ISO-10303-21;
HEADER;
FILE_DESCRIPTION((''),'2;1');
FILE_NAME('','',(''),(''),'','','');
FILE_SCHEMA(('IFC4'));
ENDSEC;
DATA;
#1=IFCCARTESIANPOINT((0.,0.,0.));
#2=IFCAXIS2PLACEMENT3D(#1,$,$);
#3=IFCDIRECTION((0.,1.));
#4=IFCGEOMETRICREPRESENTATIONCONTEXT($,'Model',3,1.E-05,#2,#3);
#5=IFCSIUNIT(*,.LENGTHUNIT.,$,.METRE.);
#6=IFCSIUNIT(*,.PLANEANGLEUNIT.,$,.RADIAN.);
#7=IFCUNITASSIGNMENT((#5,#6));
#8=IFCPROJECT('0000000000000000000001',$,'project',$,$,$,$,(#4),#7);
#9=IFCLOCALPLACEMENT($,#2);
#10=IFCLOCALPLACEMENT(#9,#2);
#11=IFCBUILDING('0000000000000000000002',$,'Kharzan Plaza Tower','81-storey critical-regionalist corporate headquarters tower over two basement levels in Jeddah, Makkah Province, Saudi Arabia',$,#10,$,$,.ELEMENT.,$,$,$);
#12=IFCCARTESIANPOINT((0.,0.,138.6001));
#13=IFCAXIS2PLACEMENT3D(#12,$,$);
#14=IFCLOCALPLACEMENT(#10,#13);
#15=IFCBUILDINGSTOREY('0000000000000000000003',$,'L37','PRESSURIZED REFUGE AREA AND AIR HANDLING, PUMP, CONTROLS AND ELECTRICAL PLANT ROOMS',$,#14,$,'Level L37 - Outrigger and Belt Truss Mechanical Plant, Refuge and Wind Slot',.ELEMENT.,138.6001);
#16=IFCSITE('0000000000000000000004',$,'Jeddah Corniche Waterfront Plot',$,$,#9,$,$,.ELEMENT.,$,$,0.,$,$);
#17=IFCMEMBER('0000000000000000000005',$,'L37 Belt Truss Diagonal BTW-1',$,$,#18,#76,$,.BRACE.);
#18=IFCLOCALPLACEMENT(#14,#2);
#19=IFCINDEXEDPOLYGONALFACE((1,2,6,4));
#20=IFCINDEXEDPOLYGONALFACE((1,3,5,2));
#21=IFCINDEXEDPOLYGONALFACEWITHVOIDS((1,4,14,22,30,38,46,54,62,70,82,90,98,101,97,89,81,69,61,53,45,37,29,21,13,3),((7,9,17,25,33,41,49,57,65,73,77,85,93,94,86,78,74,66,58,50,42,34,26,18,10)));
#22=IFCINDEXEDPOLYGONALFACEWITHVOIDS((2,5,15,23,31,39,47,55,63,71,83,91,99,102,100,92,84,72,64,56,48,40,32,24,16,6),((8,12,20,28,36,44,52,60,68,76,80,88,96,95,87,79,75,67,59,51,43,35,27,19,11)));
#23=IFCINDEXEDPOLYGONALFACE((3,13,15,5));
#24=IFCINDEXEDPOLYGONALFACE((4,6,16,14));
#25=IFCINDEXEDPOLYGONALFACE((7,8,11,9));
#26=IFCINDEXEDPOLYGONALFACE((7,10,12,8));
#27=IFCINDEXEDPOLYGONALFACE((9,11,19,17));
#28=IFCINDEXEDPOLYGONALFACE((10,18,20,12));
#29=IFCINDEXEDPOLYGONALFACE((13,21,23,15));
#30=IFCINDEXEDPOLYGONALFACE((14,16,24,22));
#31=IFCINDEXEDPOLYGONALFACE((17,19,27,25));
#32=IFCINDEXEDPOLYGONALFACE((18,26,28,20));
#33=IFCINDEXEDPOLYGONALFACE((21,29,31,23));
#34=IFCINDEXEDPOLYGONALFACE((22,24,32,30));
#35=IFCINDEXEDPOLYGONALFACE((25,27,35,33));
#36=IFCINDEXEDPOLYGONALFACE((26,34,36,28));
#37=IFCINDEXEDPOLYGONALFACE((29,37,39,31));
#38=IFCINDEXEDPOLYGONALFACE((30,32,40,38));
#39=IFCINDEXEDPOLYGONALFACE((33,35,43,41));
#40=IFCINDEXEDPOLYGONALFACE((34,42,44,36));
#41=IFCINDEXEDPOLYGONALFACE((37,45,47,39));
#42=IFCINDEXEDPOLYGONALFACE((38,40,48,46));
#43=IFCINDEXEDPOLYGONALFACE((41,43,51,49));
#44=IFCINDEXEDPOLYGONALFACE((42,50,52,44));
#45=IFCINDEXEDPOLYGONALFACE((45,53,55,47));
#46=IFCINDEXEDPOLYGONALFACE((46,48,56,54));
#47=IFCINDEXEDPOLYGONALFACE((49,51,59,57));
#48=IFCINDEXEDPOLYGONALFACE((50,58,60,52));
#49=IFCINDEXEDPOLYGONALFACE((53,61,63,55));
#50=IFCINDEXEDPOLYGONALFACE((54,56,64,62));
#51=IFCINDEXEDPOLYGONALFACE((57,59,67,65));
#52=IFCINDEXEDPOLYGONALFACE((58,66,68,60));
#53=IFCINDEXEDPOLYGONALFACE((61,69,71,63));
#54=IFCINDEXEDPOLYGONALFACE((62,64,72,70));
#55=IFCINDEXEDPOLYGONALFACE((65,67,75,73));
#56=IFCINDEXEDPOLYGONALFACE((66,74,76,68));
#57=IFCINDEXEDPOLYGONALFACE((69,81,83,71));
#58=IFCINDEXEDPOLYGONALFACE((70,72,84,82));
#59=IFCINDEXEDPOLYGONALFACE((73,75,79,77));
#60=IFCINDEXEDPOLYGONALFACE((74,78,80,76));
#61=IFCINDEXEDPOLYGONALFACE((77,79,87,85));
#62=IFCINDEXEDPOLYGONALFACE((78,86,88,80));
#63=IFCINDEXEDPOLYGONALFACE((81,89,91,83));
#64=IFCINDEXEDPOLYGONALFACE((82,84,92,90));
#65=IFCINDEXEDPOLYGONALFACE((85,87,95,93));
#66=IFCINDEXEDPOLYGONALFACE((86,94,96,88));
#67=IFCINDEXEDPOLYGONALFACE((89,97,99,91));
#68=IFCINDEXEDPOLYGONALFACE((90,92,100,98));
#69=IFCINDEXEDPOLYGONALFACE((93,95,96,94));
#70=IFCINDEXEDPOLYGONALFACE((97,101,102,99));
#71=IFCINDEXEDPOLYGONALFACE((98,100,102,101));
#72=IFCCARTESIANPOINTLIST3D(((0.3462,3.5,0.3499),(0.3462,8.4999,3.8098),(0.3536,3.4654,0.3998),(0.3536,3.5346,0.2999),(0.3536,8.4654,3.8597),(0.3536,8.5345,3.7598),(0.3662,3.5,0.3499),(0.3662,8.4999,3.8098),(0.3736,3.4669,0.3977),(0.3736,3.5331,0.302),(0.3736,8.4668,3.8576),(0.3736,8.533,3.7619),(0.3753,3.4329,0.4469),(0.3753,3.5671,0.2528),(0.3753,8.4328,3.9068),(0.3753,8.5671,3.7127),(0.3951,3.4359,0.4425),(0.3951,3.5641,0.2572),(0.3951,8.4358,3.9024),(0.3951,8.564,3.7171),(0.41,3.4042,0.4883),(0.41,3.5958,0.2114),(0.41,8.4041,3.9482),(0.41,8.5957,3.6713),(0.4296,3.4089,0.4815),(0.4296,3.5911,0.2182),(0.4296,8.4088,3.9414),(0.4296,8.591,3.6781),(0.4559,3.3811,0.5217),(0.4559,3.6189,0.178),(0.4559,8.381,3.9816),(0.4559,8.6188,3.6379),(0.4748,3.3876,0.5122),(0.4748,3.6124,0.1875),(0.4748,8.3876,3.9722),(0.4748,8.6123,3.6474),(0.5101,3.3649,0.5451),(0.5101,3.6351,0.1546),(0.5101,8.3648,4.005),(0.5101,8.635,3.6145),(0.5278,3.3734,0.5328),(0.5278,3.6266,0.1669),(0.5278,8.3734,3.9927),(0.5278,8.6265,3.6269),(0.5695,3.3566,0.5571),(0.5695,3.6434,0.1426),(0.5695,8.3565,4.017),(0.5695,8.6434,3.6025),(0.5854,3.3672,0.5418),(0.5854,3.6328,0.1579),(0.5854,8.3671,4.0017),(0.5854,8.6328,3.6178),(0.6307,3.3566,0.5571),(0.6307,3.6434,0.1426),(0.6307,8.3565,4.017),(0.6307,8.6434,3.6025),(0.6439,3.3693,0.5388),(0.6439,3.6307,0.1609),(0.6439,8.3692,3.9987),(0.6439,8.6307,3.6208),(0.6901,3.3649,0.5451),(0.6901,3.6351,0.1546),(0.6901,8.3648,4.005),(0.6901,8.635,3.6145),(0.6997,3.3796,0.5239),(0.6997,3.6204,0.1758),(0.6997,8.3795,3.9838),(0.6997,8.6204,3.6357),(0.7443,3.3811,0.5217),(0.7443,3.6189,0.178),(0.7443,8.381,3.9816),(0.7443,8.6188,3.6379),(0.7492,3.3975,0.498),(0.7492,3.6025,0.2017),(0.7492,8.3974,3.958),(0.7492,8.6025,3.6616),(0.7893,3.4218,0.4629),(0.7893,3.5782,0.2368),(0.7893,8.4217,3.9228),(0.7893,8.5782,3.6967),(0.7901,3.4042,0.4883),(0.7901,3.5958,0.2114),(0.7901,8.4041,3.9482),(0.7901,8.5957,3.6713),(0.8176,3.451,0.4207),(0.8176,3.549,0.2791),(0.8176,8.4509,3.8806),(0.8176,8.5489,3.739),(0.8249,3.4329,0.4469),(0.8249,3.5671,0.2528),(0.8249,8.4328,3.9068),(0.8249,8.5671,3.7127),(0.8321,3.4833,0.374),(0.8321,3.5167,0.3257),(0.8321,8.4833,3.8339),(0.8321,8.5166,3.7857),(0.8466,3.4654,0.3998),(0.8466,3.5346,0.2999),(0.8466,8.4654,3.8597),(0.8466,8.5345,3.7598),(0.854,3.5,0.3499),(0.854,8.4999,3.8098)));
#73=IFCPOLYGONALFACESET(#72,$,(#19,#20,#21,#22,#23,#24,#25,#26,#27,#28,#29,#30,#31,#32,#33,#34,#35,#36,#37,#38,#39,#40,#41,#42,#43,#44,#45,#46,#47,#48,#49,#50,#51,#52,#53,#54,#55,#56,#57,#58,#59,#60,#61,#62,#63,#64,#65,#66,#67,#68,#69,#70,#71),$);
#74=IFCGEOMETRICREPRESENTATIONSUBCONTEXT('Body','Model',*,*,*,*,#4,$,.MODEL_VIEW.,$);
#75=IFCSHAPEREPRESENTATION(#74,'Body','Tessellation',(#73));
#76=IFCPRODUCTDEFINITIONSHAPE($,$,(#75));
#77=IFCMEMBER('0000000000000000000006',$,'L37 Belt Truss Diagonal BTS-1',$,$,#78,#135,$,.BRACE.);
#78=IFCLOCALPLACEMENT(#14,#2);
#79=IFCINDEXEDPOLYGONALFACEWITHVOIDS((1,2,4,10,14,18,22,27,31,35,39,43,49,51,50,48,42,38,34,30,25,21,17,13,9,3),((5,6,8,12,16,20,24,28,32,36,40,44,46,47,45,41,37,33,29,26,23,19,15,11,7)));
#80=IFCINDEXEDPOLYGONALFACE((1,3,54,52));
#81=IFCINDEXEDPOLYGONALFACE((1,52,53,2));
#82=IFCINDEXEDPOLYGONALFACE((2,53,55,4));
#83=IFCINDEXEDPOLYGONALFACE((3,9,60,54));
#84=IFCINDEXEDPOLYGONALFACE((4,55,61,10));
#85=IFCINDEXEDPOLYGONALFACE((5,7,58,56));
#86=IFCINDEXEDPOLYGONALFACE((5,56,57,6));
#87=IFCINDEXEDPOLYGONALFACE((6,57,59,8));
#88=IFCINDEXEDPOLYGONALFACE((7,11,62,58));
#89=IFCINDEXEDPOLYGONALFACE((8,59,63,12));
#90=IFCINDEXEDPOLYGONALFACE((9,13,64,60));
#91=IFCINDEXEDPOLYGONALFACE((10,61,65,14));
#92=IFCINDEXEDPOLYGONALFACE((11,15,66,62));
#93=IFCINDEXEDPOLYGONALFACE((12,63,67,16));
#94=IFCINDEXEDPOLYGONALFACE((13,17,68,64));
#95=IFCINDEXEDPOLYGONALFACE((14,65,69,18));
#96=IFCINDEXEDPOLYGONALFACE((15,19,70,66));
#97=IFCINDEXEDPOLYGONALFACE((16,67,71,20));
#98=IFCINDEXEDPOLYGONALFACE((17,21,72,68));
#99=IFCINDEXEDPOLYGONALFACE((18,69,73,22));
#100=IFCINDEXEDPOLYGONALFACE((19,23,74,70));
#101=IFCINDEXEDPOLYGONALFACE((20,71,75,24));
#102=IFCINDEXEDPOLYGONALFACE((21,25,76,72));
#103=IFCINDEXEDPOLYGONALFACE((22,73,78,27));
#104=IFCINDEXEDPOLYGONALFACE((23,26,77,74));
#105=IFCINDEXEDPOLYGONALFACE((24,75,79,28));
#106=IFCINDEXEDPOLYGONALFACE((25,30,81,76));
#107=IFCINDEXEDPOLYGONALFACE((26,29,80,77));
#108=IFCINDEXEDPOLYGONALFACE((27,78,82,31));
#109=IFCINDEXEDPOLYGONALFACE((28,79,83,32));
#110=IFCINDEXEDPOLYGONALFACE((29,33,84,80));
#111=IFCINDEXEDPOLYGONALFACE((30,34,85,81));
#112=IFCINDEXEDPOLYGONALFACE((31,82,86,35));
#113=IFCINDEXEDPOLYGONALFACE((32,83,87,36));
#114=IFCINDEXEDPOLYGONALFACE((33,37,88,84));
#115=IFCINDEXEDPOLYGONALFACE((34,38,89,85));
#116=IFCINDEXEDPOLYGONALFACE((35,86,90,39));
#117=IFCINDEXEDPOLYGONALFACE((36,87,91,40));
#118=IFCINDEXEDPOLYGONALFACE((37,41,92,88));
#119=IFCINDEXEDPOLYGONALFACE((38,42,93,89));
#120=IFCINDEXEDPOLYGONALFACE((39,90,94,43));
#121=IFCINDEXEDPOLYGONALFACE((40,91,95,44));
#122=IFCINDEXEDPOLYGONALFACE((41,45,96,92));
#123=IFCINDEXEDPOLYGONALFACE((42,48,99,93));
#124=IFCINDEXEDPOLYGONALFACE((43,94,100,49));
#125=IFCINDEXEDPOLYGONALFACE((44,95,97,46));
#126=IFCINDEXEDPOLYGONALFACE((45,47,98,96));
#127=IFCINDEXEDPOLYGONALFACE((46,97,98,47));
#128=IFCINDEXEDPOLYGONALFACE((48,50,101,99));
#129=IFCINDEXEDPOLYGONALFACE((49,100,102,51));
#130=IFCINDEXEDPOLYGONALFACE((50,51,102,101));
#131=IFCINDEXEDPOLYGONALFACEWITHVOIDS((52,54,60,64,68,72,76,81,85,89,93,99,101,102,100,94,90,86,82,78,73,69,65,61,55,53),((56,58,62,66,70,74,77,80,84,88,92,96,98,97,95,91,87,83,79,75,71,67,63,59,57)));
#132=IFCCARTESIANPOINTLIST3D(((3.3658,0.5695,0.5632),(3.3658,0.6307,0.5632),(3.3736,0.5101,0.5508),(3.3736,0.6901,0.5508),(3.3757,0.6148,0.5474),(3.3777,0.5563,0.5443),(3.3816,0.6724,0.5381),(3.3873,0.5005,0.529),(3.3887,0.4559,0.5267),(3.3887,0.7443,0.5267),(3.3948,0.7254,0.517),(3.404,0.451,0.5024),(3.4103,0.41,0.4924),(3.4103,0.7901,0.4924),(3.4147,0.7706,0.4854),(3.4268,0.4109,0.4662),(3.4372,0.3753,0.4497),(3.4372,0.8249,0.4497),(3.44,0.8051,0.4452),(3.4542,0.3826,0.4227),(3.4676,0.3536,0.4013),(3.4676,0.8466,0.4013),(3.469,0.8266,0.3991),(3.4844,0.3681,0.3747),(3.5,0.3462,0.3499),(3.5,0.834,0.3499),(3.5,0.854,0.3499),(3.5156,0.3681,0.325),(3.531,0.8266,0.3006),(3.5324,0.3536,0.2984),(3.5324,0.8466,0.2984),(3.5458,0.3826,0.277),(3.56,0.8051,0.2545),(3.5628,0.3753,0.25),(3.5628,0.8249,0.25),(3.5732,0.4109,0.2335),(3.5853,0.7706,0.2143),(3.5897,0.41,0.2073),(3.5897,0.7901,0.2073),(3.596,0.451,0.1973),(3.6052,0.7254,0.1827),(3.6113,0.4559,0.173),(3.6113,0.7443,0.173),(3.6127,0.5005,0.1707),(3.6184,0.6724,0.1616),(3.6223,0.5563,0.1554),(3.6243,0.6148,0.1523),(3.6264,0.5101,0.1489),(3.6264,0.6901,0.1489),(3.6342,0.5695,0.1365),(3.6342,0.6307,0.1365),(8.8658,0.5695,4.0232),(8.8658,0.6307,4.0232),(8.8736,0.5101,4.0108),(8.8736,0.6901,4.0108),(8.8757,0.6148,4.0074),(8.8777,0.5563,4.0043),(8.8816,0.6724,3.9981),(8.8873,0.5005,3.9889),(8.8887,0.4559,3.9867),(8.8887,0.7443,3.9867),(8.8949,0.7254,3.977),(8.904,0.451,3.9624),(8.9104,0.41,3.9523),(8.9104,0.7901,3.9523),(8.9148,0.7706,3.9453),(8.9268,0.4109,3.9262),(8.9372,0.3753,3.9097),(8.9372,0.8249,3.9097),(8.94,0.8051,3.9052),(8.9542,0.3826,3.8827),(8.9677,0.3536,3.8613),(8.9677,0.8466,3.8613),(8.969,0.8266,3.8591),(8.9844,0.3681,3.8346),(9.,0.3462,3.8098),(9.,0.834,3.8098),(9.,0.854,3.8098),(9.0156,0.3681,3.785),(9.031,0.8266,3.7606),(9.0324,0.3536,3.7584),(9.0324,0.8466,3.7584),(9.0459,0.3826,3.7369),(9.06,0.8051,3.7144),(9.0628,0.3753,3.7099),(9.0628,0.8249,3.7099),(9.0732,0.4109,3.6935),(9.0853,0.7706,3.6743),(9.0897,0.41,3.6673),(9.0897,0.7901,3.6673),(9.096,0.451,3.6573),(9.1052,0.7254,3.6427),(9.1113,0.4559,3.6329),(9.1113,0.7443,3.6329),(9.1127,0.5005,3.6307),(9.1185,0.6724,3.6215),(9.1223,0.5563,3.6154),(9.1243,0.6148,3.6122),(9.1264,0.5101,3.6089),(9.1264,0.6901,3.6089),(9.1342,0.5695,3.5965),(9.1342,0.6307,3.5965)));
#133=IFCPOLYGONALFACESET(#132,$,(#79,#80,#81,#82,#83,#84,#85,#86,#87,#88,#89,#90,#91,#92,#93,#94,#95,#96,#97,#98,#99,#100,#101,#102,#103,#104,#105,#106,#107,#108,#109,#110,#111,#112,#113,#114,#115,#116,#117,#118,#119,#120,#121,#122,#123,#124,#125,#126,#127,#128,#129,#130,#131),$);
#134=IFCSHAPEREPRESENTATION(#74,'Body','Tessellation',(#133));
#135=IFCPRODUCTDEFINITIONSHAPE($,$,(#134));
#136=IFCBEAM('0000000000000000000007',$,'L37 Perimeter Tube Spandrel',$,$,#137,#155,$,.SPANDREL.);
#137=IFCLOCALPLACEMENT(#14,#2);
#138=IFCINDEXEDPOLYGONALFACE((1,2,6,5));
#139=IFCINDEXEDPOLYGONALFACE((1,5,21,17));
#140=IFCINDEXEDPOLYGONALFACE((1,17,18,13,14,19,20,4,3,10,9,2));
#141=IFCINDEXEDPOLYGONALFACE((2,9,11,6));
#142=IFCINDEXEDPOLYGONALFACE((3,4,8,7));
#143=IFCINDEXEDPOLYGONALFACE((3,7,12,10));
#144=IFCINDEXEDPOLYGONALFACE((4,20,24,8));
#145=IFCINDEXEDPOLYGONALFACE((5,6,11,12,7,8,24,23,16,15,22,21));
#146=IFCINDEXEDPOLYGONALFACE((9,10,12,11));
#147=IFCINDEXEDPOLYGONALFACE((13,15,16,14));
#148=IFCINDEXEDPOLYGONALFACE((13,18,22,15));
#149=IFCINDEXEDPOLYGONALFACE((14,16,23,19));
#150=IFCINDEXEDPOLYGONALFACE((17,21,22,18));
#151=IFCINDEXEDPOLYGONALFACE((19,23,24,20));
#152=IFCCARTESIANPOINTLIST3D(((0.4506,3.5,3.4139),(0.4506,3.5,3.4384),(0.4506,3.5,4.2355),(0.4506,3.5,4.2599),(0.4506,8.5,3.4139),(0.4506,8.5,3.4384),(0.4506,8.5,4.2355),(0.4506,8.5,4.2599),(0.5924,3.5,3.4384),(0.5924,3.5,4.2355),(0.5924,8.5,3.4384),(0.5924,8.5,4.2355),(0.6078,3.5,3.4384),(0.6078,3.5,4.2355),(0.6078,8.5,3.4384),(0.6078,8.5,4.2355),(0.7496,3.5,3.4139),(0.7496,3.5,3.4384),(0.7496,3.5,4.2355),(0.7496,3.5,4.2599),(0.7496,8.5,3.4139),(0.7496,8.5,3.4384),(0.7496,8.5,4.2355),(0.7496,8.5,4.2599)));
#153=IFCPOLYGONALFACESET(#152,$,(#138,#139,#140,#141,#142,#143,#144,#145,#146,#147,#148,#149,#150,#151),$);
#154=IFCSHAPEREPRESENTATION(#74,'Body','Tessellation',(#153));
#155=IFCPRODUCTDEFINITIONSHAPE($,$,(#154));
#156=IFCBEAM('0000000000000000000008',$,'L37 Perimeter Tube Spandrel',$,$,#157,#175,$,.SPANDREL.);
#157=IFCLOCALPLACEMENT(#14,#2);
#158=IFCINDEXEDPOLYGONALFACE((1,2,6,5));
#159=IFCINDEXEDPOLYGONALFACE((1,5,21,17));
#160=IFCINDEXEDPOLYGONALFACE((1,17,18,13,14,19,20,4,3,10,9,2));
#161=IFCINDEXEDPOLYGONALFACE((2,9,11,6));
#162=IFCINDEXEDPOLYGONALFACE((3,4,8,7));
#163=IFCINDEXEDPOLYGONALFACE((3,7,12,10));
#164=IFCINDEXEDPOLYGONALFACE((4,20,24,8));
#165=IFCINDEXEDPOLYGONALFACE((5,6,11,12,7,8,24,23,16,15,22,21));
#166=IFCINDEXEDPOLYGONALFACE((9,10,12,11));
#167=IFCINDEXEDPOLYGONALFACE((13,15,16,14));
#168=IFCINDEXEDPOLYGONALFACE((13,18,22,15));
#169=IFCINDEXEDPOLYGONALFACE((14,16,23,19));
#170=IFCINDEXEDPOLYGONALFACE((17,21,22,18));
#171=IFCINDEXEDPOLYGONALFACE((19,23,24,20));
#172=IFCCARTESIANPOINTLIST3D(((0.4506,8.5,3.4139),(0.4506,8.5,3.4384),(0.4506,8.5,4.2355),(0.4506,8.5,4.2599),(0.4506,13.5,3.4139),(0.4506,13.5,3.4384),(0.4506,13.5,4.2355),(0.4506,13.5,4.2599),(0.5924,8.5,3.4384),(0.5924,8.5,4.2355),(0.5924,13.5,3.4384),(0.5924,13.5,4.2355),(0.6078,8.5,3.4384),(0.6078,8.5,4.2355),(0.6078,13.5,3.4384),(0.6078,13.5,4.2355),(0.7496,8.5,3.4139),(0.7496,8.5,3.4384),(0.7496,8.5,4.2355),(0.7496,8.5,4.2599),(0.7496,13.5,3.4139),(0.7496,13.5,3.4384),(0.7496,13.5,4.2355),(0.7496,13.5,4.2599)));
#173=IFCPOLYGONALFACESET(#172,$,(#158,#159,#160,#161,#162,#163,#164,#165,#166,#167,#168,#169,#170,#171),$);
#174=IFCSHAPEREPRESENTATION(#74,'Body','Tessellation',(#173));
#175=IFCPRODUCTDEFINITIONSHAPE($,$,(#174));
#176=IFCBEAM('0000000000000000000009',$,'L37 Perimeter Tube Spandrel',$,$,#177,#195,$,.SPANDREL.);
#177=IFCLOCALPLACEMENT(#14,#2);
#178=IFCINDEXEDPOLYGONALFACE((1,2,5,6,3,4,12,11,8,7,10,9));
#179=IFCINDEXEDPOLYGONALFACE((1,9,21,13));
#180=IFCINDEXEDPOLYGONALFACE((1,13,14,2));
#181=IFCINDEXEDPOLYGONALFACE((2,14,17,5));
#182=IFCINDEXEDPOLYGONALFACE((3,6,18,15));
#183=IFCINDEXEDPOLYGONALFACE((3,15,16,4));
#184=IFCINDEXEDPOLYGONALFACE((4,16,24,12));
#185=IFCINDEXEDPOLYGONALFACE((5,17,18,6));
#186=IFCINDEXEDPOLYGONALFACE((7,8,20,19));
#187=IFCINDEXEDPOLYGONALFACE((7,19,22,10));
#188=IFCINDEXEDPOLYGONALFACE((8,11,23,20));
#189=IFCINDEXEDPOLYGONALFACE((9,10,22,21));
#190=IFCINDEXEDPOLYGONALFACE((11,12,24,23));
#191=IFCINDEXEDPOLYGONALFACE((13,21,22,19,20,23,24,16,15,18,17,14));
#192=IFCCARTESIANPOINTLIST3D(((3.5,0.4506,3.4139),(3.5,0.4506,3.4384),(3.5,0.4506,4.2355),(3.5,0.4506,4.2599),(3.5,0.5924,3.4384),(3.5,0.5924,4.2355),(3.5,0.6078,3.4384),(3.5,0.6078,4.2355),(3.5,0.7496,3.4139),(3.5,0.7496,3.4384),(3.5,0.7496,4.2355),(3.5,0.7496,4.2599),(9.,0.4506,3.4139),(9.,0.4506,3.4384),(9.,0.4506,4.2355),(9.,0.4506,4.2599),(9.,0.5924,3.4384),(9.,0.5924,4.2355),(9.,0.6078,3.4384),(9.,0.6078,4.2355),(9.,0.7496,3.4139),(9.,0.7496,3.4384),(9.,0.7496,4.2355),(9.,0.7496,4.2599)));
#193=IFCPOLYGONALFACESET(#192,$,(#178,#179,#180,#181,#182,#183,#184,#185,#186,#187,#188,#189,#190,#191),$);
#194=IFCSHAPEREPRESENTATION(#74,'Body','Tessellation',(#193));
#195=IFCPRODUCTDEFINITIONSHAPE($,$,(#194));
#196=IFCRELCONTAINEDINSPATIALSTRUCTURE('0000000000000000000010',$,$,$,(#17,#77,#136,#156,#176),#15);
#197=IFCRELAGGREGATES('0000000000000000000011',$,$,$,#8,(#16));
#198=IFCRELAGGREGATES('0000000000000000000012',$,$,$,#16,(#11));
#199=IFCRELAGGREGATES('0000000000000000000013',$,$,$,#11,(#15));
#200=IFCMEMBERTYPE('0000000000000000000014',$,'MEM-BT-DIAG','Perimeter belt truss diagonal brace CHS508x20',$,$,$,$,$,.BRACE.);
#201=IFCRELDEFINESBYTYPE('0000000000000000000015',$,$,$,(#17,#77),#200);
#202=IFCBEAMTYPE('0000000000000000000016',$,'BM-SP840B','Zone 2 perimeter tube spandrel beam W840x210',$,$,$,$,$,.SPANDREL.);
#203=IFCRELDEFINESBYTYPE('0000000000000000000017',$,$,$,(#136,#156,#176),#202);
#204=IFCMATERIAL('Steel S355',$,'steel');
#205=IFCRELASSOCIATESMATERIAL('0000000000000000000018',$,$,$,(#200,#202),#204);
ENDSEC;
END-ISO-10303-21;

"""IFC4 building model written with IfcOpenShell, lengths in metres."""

from ifc_helpers import new_model, si_unit, direction, frame, origin, origin_2d, place, context, subcontext, project, spatial, hollow_circle, i_section, extrude, source, transform, mapped, material, material_profile, profile_set, type_object, element, save


model = new_model("IFC4")

# Units and contexts
model_context = context("Model", 3, precision=1e-05, world=origin(), true_north=direction((0.0, 1.0)))
body_context = subcontext(model_context, "Body", "Model", "MODEL_VIEW")
ifc_project = project(units=[si_unit("LENGTHUNIT", "METRE"), si_unit("PLANEANGLEUNIT", "RADIAN")], contexts=[model_context])

# Site, building, storey
site_placement = place(None, origin())
site = spatial("IfcSite", under=ifc_project, at=site_placement, Name="Jeddah Corniche Waterfront Plot", CompositionType="ELEMENT", RefElevation=0.0)
building_placement = place(site_placement, origin())
building = spatial("IfcBuilding", under=site, at=building_placement, Name="Kharzan Plaza Tower", Description="81-storey critical-regionalist corporate headquarters tower over two basement levels in Jeddah, Makkah Province, Saudi Arabia", CompositionType="ELEMENT")
storey_placement = place(building_placement, frame((0.0, 0.0, 138.6001)))
storey = spatial("IfcBuildingStorey", under=building, at=storey_placement, Name="L37", Description="PRESSURIZED REFUGE AREA AND AIR HANDLING, PUMP, CONTROLS AND ELECTRICAL PLANT ROOMS", LongName="Level L37 - Outrigger and Belt Truss Mechanical Plant, Refuge and Wind Slot", CompositionType="ELEMENT", Elevation=138.6001)

# Shared definitions
ifc_material_1 = material(Name="Steel S355", Category="steel")

# Members
ifc_material_profile_1 = material_profile(ifc_material_1, hollow_circle(Radius=0.2539, WallThickness=0.02, at=origin_2d()), Name="CHS508x20")
ifc_profile_set_1 = profile_set([ifc_material_profile_1], Name="Steel S355")
member_type_1 = type_object("IfcMemberType", Name="MEM-BT-DIAG", Description="Perimeter belt truss diagonal brace CHS508x20", PredefinedType="BRACE", material=ifc_profile_set_1)
shared_shape_1 = source(origin(), body_context, "Body", "SweptSolid", [
    extrude(hollow_circle(Radius=0.2539, WallThickness=0.02, at=origin_2d()), origin(), (0.0, 0.0, 1.0), 6.0803),
])
member_1_placement = place(storey_placement, frame((0.6001, 3.5, 0.3499), z_axis=(0.0, 0.822314, 0.569035), x_axis=(-1.0, 0.0, 0.0)))
element("IfcMember", 1, at=member_1_placement, inside=storey, type_object=member_type_1, Name="L37 Belt Truss Diagonal BTW-1", PredefinedType="BRACE", context=body_context, shape_type="MappedRepresentation", body=[
    mapped(shared_shape_1, transform((0.0, 0.0, 0.0), x_axis=(1.0, 0.0, 0.0), y_axis=(0.0, 1.0, 0.0), z_axis=(0.0, 0.0, 1.0))),
])
shared_shape_2 = source(origin(), body_context, "Body", "SweptSolid", [
    extrude(hollow_circle(Radius=0.2539, WallThickness=0.02, at=origin_2d()), origin(), (0.0, 0.0, 1.0), 6.4978),
])
member_2_placement = place(storey_placement, frame((3.5, 0.6001, 0.3499), z_axis=(0.846441, 0.0, 0.532482), x_axis=(0.0, 1.0, 0.0)))
element("IfcMember", 2, at=member_2_placement, inside=storey, type_object=member_type_1, Name="L37 Belt Truss Diagonal BTS-1", PredefinedType="BRACE", context=body_context, shape_type="MappedRepresentation", body=[
    mapped(shared_shape_2, transform((0.0, 0.0, 0.0), x_axis=(1.0, 0.0, 0.0), y_axis=(0.0, 1.0, 0.0), z_axis=(0.0, 0.0, 1.0))),
])

# Beams
ifc_material_profile_2 = material_profile(ifc_material_1, i_section(OverallWidth=0.2991, OverallDepth=0.8459, WebThickness=0.0154, FlangeThickness=0.0244, at=origin_2d()), Name="W840x210")
ifc_profile_set_2 = profile_set([ifc_material_profile_2], Name="Steel S355")
beam_type_1 = type_object("IfcBeamType", Name="BM-SP840B", Description="Zone 2 perimeter tube spandrel beam W840x210", PredefinedType="SPANDREL", material=ifc_profile_set_2)
shared_shape_3 = source(origin(), body_context, "Body", "SweptSolid", [
    extrude(i_section(OverallWidth=0.2991, OverallDepth=0.8459, WebThickness=0.0154, FlangeThickness=0.0244, at=origin_2d()), origin(), (0.0, 0.0, 1.0), 5.0),
])
for number, where, z_axis, x_axis, name in (
    (3, (0.6001, 3.5, 3.8369), (0.0, 1.0, 0.0), (-1.0, 0.0, 0.0), "L37 Perimeter Tube Spandrel"),
    (4, (0.6001, 8.5, 3.8369), (0.0, 1.0, 0.0), (-1.0, 0.0, 0.0), "L37 Perimeter Tube Spandrel"),
):
    element("IfcBeam", number, at=place(storey_placement, frame(where, z_axis=z_axis, x_axis=x_axis)), inside=storey, type_object=beam_type_1, Name=name, PredefinedType="SPANDREL", context=body_context, shape_type="MappedRepresentation", body=[
        mapped(shared_shape_3, transform((0.0, 0.0, 0.0), x_axis=(1.0, 0.0, 0.0), y_axis=(0.0, 1.0, 0.0), z_axis=(0.0, 0.0, 1.0))),
    ])
shared_shape_4 = source(origin(), body_context, "Body", "SweptSolid", [
    extrude(i_section(OverallWidth=0.2991, OverallDepth=0.8459, WebThickness=0.0154, FlangeThickness=0.0244, at=origin_2d()), origin(), (0.0, 0.0, 1.0), 5.5),
])
beam_1_placement = place(storey_placement, frame((3.5, 0.6001, 3.8369), z_axis=(1.0, 0.0, 0.0), x_axis=(0.0, 1.0, 0.0)))
element("IfcBeam", 5, at=beam_1_placement, inside=storey, type_object=beam_type_1, Name="L37 Perimeter Tube Spandrel", PredefinedType="SPANDREL", context=body_context, shape_type="MappedRepresentation", body=[
    mapped(shared_shape_4, transform((0.0, 0.0, 0.0), x_axis=(1.0, 0.0, 0.0), y_axis=(0.0, 1.0, 0.0), z_axis=(0.0, 0.0, 1.0))),
])

save(model, "model.ifc")
